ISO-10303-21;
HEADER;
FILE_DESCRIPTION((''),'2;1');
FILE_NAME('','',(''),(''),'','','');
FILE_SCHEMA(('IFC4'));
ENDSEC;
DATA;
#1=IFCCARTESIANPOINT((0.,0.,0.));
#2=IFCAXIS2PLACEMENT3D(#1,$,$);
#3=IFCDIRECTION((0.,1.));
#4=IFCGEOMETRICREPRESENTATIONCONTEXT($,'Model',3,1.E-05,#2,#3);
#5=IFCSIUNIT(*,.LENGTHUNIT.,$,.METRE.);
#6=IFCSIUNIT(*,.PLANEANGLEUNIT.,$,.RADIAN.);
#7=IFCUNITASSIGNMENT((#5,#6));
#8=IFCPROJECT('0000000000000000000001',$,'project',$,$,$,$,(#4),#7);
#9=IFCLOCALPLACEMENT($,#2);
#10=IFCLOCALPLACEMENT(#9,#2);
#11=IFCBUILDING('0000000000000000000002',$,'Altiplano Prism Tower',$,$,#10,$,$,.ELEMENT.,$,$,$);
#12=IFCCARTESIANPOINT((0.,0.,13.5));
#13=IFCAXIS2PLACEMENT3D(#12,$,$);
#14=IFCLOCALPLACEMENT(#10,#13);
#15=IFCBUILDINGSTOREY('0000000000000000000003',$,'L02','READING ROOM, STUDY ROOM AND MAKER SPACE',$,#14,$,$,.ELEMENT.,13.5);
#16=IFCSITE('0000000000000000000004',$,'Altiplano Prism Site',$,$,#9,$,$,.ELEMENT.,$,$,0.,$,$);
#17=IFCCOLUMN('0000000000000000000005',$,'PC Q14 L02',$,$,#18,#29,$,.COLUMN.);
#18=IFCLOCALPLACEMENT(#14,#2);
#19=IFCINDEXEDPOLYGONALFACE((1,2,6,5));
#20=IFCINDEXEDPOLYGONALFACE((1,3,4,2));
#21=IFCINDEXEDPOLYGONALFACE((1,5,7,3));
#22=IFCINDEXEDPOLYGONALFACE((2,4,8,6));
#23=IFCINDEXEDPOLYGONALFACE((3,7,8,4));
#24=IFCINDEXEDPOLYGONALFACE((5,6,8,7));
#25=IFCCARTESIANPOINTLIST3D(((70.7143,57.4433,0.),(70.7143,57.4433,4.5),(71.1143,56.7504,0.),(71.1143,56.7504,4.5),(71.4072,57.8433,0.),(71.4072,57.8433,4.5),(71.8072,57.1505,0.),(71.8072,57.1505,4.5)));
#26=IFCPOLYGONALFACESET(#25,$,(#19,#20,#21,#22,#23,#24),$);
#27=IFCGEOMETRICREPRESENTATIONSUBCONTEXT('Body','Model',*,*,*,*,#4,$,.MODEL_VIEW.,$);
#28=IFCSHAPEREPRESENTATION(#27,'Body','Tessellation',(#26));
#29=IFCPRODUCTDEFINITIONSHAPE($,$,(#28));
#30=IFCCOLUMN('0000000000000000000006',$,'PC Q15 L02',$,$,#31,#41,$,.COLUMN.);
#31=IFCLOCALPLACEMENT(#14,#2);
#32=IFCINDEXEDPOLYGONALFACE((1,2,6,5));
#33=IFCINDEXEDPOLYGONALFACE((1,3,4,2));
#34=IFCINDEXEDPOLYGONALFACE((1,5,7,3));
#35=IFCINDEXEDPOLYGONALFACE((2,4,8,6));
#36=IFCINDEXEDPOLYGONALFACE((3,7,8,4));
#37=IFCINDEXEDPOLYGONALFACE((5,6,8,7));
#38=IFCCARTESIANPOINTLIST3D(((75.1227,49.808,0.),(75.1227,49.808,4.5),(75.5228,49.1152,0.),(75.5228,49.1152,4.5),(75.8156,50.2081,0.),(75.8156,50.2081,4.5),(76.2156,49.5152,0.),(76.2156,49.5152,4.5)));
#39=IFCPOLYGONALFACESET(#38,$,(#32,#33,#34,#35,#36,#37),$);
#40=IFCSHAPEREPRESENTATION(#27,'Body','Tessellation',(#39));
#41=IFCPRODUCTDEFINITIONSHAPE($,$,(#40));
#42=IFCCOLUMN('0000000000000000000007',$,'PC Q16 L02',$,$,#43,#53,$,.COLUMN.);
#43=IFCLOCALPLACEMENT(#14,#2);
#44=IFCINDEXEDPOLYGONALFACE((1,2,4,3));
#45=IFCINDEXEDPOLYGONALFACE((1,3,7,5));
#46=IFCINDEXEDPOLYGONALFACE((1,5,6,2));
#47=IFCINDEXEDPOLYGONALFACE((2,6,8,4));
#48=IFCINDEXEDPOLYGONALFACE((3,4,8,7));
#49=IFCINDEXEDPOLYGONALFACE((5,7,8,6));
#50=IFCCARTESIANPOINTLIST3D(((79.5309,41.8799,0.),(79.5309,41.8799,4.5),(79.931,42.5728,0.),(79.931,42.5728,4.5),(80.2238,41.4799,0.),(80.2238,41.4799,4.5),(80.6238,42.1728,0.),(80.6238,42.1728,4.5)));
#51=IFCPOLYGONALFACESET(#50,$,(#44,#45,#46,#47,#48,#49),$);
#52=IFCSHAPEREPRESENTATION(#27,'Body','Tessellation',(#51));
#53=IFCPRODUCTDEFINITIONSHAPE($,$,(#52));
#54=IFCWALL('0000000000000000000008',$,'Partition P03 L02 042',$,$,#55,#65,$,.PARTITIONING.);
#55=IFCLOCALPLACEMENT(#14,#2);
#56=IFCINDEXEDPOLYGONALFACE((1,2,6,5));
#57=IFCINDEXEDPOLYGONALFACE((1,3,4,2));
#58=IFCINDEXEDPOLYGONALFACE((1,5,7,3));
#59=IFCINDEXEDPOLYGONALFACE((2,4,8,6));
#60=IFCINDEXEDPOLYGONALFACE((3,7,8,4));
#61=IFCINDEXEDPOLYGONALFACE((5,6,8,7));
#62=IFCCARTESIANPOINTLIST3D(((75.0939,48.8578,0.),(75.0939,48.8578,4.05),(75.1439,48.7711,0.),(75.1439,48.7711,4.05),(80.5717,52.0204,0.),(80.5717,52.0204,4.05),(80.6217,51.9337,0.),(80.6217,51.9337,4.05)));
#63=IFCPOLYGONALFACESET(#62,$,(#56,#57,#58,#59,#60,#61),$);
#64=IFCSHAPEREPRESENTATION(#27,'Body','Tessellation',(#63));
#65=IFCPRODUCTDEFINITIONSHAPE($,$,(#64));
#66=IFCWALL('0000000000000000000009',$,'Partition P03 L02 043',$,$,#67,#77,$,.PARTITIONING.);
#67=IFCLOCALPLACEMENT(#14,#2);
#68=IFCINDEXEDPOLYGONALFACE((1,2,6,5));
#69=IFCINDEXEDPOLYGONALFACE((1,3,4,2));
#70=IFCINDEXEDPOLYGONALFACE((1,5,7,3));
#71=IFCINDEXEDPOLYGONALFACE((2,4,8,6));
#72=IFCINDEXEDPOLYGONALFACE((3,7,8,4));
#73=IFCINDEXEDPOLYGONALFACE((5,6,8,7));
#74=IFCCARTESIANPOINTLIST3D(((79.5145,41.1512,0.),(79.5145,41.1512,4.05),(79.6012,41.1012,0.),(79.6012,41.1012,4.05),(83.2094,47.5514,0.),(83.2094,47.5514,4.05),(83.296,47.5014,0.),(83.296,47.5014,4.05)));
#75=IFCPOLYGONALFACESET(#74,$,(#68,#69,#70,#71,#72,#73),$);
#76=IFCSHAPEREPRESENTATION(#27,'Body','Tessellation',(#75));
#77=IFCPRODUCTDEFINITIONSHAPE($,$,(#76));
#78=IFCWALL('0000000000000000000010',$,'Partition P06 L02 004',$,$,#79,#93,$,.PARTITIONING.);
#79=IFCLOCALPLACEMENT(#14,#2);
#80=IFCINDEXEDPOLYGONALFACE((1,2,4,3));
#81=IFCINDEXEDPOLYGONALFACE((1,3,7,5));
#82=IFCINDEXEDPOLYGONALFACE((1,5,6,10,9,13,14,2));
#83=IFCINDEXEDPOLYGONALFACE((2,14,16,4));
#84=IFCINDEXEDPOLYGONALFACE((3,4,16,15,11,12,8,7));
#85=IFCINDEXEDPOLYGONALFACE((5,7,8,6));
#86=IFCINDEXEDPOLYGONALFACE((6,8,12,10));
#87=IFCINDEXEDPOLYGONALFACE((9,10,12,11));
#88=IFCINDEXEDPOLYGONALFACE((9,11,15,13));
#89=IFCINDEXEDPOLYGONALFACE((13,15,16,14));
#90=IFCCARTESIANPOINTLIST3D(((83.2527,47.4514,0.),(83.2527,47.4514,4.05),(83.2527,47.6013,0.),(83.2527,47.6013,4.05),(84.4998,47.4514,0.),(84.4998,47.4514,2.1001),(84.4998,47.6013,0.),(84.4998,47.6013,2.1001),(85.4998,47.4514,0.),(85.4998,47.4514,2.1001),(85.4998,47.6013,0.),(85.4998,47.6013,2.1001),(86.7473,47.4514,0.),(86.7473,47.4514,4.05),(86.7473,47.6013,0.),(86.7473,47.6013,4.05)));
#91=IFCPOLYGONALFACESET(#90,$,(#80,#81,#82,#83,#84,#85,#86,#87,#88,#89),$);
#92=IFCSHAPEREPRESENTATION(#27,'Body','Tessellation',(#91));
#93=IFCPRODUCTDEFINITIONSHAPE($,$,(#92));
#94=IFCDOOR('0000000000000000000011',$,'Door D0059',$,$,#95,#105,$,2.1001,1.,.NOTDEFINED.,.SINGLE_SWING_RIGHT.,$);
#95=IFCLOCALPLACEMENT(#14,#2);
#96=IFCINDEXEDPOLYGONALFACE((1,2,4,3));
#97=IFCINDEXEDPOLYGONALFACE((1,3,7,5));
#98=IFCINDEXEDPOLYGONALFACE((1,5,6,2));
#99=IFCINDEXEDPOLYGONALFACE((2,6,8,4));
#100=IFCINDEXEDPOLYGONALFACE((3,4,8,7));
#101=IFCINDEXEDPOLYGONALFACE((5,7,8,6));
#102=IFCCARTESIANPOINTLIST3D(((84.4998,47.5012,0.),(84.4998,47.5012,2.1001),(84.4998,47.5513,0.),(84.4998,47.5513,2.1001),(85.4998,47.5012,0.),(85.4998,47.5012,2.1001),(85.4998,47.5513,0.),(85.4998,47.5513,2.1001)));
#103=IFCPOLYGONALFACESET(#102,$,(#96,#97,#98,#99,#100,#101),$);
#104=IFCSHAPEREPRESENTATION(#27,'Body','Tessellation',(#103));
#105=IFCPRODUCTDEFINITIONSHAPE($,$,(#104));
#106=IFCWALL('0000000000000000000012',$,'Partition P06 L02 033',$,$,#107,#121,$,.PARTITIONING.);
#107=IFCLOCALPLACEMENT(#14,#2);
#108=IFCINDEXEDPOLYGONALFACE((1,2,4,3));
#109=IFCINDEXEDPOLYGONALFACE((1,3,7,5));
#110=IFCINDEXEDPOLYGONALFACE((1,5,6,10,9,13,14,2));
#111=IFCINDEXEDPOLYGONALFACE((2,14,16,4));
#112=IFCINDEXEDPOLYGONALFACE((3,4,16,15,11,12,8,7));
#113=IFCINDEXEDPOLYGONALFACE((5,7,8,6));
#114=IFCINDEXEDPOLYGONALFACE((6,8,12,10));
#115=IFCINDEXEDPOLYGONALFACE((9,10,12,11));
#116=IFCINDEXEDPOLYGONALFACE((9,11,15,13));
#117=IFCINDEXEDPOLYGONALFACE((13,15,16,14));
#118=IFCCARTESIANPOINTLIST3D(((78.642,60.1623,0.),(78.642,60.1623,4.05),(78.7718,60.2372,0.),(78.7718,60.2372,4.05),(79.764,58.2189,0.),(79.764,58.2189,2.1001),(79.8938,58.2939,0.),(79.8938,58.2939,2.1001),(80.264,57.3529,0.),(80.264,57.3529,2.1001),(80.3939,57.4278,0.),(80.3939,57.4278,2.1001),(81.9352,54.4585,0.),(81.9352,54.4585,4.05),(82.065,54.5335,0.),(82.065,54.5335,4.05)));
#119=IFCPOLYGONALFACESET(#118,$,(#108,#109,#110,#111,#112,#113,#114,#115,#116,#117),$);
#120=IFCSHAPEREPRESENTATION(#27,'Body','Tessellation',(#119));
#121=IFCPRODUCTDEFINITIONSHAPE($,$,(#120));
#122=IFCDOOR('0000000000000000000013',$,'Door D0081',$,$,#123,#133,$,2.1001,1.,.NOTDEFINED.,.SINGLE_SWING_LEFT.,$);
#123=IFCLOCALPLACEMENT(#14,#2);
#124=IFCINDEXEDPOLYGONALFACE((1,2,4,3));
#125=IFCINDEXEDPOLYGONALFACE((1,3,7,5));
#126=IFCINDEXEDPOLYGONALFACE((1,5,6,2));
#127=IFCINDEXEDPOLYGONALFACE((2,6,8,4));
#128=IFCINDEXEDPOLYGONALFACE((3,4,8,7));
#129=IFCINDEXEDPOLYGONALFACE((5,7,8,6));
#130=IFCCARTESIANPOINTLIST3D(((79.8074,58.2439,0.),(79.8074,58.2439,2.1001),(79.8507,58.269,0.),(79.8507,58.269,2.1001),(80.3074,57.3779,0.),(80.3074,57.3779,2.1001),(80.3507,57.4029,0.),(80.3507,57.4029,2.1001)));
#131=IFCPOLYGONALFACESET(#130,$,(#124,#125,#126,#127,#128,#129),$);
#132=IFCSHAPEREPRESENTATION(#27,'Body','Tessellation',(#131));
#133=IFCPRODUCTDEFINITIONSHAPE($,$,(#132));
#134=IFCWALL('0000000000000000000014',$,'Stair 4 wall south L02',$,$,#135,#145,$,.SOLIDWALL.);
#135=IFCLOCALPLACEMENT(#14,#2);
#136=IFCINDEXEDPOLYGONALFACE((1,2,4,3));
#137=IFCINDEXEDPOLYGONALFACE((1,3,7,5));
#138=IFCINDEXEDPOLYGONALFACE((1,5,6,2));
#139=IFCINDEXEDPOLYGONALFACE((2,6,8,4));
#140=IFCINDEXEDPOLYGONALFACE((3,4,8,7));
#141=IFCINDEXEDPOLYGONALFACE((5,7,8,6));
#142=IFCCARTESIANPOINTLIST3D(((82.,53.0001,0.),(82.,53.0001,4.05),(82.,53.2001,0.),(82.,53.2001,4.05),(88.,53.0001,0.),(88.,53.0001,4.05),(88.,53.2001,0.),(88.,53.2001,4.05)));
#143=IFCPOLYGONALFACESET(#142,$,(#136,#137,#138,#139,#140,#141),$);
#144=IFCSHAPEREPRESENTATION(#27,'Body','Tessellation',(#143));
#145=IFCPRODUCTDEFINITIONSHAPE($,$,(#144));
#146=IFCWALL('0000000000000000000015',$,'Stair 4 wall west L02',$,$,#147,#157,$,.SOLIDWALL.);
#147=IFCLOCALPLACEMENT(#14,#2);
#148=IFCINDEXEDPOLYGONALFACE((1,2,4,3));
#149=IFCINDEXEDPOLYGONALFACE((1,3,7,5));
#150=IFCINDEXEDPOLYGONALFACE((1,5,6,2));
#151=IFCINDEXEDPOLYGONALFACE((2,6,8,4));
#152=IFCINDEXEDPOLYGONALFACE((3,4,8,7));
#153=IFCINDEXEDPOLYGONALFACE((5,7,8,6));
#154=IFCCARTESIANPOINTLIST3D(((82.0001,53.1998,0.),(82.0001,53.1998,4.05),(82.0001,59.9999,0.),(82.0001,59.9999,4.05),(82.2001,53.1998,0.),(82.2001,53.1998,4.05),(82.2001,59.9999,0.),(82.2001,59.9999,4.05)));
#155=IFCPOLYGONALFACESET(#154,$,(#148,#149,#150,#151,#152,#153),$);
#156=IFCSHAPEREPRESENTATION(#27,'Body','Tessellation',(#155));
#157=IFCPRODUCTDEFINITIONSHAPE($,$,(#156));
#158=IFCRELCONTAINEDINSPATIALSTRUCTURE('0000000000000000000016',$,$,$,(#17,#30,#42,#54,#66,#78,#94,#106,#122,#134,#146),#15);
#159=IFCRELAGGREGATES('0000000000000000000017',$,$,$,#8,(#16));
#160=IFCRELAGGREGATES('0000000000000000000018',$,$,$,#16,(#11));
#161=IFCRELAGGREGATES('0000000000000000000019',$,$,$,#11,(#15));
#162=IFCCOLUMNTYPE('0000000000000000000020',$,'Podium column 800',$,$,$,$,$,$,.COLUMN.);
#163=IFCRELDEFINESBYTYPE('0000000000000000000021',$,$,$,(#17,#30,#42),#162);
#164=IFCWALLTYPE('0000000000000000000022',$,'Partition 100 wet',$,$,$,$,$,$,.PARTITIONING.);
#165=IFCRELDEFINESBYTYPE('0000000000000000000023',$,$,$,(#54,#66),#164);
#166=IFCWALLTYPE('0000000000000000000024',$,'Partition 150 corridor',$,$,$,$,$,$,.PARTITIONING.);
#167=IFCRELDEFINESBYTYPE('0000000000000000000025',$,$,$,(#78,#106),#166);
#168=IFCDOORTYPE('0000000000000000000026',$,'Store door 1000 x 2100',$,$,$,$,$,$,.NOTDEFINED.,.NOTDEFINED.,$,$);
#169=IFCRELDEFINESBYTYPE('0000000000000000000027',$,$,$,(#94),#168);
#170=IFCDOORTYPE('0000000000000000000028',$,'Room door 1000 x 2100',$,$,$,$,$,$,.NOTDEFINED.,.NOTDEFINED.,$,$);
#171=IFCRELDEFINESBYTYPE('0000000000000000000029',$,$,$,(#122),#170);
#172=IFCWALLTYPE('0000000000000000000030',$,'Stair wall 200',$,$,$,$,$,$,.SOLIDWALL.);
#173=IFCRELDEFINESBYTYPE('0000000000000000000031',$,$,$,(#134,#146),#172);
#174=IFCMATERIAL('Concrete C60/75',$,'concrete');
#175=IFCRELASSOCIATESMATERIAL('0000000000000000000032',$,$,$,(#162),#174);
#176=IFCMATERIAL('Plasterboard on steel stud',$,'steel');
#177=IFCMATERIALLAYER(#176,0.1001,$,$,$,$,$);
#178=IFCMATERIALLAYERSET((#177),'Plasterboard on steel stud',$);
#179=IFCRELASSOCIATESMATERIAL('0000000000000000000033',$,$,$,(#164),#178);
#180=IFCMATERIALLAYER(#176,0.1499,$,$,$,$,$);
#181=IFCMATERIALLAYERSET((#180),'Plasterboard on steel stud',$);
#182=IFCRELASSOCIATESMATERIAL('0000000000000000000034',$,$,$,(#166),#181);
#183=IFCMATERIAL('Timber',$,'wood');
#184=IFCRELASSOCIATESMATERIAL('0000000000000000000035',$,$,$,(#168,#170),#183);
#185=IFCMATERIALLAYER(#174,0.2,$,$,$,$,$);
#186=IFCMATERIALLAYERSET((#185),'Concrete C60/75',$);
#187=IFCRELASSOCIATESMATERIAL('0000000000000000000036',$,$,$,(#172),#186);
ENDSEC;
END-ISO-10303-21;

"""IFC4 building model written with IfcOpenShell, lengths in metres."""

from ifc_helpers import new_model, si_unit, direction, frame, frame_2d, origin, origin_2d, place, context, subcontext, project, spatial, rectangle, extrude, material, layer, layer_set, material_profile, profile_set, type_object, element, fill, save


model = new_model("IFC4")

# Units and contexts
model_context = context("Model", 3, precision=1e-05, world=origin(), true_north=direction((0.0, 1.0)))
body_context = subcontext(model_context, "Body", "Model", "MODEL_VIEW")
ifc_project = project(units=[si_unit("LENGTHUNIT", "METRE"), si_unit("PLANEANGLEUNIT", "RADIAN")], contexts=[model_context])

# Site, building, storey
site_placement = place(None, origin())
site = spatial("IfcSite", under=ifc_project, at=site_placement, Name="Altiplano Prism Site", CompositionType="ELEMENT", RefElevation=0.0)
building_placement = place(site_placement, origin())
building = spatial("IfcBuilding", under=site, at=building_placement, Name="Altiplano Prism Tower", CompositionType="ELEMENT")
storey_placement = place(building_placement, frame((0.0, 0.0, 13.5)))
storey = spatial("IfcBuildingStorey", under=building, at=storey_placement, Name="L02", Description="READING ROOM, STUDY ROOM AND MAKER SPACE", CompositionType="ELEMENT", Elevation=13.5)

# Columns
ifc_material_1 = material(Name="Concrete C60/75", Category="concrete")
ifc_material_profile = material_profile(ifc_material_1, rectangle(XDim=0.8, YDim=0.8, at=origin_2d()), Name="Podium column 800")
ifc_profile_set = profile_set([ifc_material_profile], Name="Concrete C60/75")
column_type = type_object("IfcColumnType", Name="Podium column 800", PredefinedType="COLUMN", material=ifc_profile_set)
for number, where, z_axis, x_axis, name in (
    (1, (71.2607, 57.2969, 0.0), (0.0, 0.0, 1.0), (0.866025, 0.5, 0.0), "PC Q14 L02"),
    (2, (75.6692, 49.6616, 0.0), (0.0, 0.0, 1.0), (0.866025, 0.5, 0.0), "PC Q15 L02"),
    (3, (80.0774, 42.0264, 0.0), (0.0, 0.0, 1.0), (0.5, 0.866025, 0.0), "PC Q16 L02"),
):
    element("IfcColumn", number, at=place(storey_placement, frame(where, z_axis=z_axis, x_axis=x_axis)), inside=storey, type_object=column_type, Name=name, PredefinedType="COLUMN", context=body_context, shape_type="SweptSolid", body=[
        extrude(rectangle(XDim=0.8, YDim=0.8, at=origin_2d()), origin(), (0.0, 0.0, 1.0), 4.5),
    ])

# Walls
ifc_material_2 = material(Name="Plasterboard on steel stud", Category="steel")
ifc_layer_1 = layer(ifc_material_2, 0.1001)
ifc_layer_set_1 = layer_set([ifc_layer_1], Name="Plasterboard on steel stud")
wall_type_1 = type_object("IfcWallType", Name="Partition 100 wet", PredefinedType="PARTITIONING", material=ifc_layer_set_1)
wall_1_placement = place(storey_placement, frame((75.1189, 48.8145, 0.0), z_axis=(0.0, 0.0, 1.0), x_axis=(0.866026, 0.5, 0.0)))
element("IfcWall", 4, at=wall_1_placement, inside=storey, type_object=wall_type_1, Name="Partition P03 L02 042", PredefinedType="PARTITIONING", context=body_context, shape_type="SweptSolid", body=[
    extrude(rectangle(XDim=6.3252, YDim=0.1001, at=frame_2d((3.1626, 0.0))), origin(), (0.0, 0.0, 1.0), 4.05),
])
wall_2_placement = place(storey_placement, frame((79.5579, 41.1262, 0.0), z_axis=(0.0, 0.0, 1.0), x_axis=(0.499969, 0.866043, 0.0)))
element("IfcWall", 5, at=wall_2_placement, inside=storey, type_object=wall_type_1, Name="Partition P03 L02 043", PredefinedType="PARTITIONING", context=body_context, shape_type="SweptSolid", body=[
    extrude(rectangle(XDim=7.3901, YDim=0.1001, at=frame_2d((3.6951, 0.0))), origin(), (0.0, 0.0, 1.0), 4.05),
])

# Walls, openings, doors
ifc_layer_2 = layer(ifc_material_2, 0.1499)
ifc_layer_set_2 = layer_set([ifc_layer_2], Name="Plasterboard on steel stud")
wall_type_2 = type_object("IfcWallType", Name="Partition 150 corridor", PredefinedType="PARTITIONING", material=ifc_layer_set_2)
wall_3_placement = place(storey_placement, frame((83.2527, 47.5264, 0.0), z_axis=(0.0, 0.0, 1.0), x_axis=(1.0, 0.0, 0.0)))
wall_3 = element("IfcWall", 6, at=wall_3_placement, inside=storey, type_object=wall_type_2, Name="Partition P06 L02 004", PredefinedType="PARTITIONING", context=body_context, shape_type="SweptSolid", body=[
    extrude(rectangle(XDim=3.4946, YDim=0.1499, at=frame_2d((1.7473, 0.0))), origin(), (0.0, 0.0, 1.0), 4.05),
])
opening_1_placement = place(wall_3_placement, frame((1.2471, 0.0, 0.0)))
opening_1 = element("IfcOpeningElement", 7, at=opening_1_placement, cuts=wall_3, PredefinedType="OPENING", context=body_context, shape_type="SweptSolid", body=[
    extrude(rectangle(XDim=1.0, YDim=2.1001, at=frame_2d((0.5, 1.05))), frame((0.0, 0.0854, 0.0), z_axis=(0.0, -1.0, 0.0), x_axis=(1.0, 0.0, 0.0)), (0.0, 0.0, 1.0), 0.1709),
])
ifc_material_3 = material(Name="Timber", Category="wood")
door_type_1 = type_object("IfcDoorType", Name="Store door 1000 x 2100", OperationType="NOTDEFINED", PredefinedType="NOTDEFINED", material=ifc_material_3)
door_1_placement = place(opening_1_placement, origin())
door_1 = element("IfcDoor", 8, at=door_1_placement, inside=storey, type_object=door_type_1, Name="Door D0059", OperationType="SINGLE_SWING_RIGHT", OverallHeight=2.1001, OverallWidth=1.0, PredefinedType="NOTDEFINED", context=body_context, shape_type="SweptSolid", body=[
    extrude(rectangle(XDim=1.0, YDim=2.1001, at=frame_2d((0.5, 1.05))), frame((0.0, 0.0249, 0.0), z_axis=(0.0, -1.0, 0.0), x_axis=(1.0, 0.0, 0.0)), (0.0, 0.0, 1.0), 0.05),
])
fill(opening_1, door_1)
wall_4_placement = place(storey_placement, frame((82.0, 54.4961, 0.0), z_axis=(0.0, 0.0, 1.0), x_axis=(-0.50001, 0.86602, 0.0)))
wall_4 = element("IfcWall", 9, at=wall_4_placement, inside=storey, type_object=wall_type_2, Name="Partition P06 L02 033", PredefinedType="PARTITIONING", context=body_context, shape_type="SweptSolid", body=[
    extrude(rectangle(XDim=6.5862, YDim=0.1499, at=frame_2d((3.293, 0.0))), origin(), (0.0, 0.0, 1.0), 4.05),
])
opening_2_placement = place(wall_4_placement, frame((3.342, 0.0, 0.0)))
opening_2 = element("IfcOpeningElement", 10, at=opening_2_placement, cuts=wall_4, PredefinedType="OPENING", context=body_context, shape_type="SweptSolid", body=[
    extrude(rectangle(XDim=1.0, YDim=2.1001, at=frame_2d((0.5, 1.05))), frame((0.0, 0.0854, 0.0), z_axis=(0.0, -1.0, 0.0), x_axis=(1.0, 0.0, 0.0)), (0.0, 0.0, 1.0), 0.1709),
])
door_type_2 = type_object("IfcDoorType", Name="Room door 1000 x 2100", OperationType="NOTDEFINED", PredefinedType="NOTDEFINED", material=ifc_material_3)
door_2_placement = place(opening_2_placement, origin())
door_2 = element("IfcDoor", 11, at=door_2_placement, inside=storey, type_object=door_type_2, Name="Door D0081", OperationType="SINGLE_SWING_LEFT", OverallHeight=2.1001, OverallWidth=1.0, PredefinedType="NOTDEFINED", context=body_context, shape_type="SweptSolid", body=[
    extrude(rectangle(XDim=1.0, YDim=2.1001, at=frame_2d((0.5, 1.05))), frame((0.0, 0.0249, 0.0), z_axis=(0.0, -1.0, 0.0), x_axis=(1.0, 0.0, 0.0)), (0.0, 0.0, 1.0), 0.05),
])
fill(opening_2, door_2)

# Walls
ifc_layer_3 = layer(ifc_material_1, 0.2)
ifc_layer_set_3 = layer_set([ifc_layer_3], Name="Concrete C60/75")
wall_type_3 = type_object("IfcWallType", Name="Stair wall 200", PredefinedType="SOLIDWALL", material=ifc_layer_set_3)
wall_5_placement = place(storey_placement, frame((82.0, 53.1001, 0.0), z_axis=(0.0, 0.0, 1.0), x_axis=(1.0, 0.0, 0.0)))
element("IfcWall", 12, at=wall_5_placement, inside=storey, type_object=wall_type_3, Name="Stair 4 wall south L02", PredefinedType="SOLIDWALL", context=body_context, shape_type="SweptSolid", body=[
    extrude(rectangle(XDim=6.0, YDim=0.2, at=frame_2d((3.0, 0.0))), origin(), (0.0, 0.0, 1.0), 4.05),
])
wall_6_placement = place(storey_placement, frame((82.1001, 53.2, 0.0), z_axis=(0.0, 0.0, 1.0), x_axis=(0.0, 1.0, 0.0)))
element("IfcWall", 13, at=wall_6_placement, inside=storey, type_object=wall_type_3, Name="Stair 4 wall west L02", PredefinedType="SOLIDWALL", context=body_context, shape_type="SweptSolid", body=[
    extrude(rectangle(XDim=6.8, YDim=0.2, at=frame_2d((3.3999, 0.0))), origin(), (0.0, 0.0, 1.0), 4.05),
])

save(model, "model.ifc")
